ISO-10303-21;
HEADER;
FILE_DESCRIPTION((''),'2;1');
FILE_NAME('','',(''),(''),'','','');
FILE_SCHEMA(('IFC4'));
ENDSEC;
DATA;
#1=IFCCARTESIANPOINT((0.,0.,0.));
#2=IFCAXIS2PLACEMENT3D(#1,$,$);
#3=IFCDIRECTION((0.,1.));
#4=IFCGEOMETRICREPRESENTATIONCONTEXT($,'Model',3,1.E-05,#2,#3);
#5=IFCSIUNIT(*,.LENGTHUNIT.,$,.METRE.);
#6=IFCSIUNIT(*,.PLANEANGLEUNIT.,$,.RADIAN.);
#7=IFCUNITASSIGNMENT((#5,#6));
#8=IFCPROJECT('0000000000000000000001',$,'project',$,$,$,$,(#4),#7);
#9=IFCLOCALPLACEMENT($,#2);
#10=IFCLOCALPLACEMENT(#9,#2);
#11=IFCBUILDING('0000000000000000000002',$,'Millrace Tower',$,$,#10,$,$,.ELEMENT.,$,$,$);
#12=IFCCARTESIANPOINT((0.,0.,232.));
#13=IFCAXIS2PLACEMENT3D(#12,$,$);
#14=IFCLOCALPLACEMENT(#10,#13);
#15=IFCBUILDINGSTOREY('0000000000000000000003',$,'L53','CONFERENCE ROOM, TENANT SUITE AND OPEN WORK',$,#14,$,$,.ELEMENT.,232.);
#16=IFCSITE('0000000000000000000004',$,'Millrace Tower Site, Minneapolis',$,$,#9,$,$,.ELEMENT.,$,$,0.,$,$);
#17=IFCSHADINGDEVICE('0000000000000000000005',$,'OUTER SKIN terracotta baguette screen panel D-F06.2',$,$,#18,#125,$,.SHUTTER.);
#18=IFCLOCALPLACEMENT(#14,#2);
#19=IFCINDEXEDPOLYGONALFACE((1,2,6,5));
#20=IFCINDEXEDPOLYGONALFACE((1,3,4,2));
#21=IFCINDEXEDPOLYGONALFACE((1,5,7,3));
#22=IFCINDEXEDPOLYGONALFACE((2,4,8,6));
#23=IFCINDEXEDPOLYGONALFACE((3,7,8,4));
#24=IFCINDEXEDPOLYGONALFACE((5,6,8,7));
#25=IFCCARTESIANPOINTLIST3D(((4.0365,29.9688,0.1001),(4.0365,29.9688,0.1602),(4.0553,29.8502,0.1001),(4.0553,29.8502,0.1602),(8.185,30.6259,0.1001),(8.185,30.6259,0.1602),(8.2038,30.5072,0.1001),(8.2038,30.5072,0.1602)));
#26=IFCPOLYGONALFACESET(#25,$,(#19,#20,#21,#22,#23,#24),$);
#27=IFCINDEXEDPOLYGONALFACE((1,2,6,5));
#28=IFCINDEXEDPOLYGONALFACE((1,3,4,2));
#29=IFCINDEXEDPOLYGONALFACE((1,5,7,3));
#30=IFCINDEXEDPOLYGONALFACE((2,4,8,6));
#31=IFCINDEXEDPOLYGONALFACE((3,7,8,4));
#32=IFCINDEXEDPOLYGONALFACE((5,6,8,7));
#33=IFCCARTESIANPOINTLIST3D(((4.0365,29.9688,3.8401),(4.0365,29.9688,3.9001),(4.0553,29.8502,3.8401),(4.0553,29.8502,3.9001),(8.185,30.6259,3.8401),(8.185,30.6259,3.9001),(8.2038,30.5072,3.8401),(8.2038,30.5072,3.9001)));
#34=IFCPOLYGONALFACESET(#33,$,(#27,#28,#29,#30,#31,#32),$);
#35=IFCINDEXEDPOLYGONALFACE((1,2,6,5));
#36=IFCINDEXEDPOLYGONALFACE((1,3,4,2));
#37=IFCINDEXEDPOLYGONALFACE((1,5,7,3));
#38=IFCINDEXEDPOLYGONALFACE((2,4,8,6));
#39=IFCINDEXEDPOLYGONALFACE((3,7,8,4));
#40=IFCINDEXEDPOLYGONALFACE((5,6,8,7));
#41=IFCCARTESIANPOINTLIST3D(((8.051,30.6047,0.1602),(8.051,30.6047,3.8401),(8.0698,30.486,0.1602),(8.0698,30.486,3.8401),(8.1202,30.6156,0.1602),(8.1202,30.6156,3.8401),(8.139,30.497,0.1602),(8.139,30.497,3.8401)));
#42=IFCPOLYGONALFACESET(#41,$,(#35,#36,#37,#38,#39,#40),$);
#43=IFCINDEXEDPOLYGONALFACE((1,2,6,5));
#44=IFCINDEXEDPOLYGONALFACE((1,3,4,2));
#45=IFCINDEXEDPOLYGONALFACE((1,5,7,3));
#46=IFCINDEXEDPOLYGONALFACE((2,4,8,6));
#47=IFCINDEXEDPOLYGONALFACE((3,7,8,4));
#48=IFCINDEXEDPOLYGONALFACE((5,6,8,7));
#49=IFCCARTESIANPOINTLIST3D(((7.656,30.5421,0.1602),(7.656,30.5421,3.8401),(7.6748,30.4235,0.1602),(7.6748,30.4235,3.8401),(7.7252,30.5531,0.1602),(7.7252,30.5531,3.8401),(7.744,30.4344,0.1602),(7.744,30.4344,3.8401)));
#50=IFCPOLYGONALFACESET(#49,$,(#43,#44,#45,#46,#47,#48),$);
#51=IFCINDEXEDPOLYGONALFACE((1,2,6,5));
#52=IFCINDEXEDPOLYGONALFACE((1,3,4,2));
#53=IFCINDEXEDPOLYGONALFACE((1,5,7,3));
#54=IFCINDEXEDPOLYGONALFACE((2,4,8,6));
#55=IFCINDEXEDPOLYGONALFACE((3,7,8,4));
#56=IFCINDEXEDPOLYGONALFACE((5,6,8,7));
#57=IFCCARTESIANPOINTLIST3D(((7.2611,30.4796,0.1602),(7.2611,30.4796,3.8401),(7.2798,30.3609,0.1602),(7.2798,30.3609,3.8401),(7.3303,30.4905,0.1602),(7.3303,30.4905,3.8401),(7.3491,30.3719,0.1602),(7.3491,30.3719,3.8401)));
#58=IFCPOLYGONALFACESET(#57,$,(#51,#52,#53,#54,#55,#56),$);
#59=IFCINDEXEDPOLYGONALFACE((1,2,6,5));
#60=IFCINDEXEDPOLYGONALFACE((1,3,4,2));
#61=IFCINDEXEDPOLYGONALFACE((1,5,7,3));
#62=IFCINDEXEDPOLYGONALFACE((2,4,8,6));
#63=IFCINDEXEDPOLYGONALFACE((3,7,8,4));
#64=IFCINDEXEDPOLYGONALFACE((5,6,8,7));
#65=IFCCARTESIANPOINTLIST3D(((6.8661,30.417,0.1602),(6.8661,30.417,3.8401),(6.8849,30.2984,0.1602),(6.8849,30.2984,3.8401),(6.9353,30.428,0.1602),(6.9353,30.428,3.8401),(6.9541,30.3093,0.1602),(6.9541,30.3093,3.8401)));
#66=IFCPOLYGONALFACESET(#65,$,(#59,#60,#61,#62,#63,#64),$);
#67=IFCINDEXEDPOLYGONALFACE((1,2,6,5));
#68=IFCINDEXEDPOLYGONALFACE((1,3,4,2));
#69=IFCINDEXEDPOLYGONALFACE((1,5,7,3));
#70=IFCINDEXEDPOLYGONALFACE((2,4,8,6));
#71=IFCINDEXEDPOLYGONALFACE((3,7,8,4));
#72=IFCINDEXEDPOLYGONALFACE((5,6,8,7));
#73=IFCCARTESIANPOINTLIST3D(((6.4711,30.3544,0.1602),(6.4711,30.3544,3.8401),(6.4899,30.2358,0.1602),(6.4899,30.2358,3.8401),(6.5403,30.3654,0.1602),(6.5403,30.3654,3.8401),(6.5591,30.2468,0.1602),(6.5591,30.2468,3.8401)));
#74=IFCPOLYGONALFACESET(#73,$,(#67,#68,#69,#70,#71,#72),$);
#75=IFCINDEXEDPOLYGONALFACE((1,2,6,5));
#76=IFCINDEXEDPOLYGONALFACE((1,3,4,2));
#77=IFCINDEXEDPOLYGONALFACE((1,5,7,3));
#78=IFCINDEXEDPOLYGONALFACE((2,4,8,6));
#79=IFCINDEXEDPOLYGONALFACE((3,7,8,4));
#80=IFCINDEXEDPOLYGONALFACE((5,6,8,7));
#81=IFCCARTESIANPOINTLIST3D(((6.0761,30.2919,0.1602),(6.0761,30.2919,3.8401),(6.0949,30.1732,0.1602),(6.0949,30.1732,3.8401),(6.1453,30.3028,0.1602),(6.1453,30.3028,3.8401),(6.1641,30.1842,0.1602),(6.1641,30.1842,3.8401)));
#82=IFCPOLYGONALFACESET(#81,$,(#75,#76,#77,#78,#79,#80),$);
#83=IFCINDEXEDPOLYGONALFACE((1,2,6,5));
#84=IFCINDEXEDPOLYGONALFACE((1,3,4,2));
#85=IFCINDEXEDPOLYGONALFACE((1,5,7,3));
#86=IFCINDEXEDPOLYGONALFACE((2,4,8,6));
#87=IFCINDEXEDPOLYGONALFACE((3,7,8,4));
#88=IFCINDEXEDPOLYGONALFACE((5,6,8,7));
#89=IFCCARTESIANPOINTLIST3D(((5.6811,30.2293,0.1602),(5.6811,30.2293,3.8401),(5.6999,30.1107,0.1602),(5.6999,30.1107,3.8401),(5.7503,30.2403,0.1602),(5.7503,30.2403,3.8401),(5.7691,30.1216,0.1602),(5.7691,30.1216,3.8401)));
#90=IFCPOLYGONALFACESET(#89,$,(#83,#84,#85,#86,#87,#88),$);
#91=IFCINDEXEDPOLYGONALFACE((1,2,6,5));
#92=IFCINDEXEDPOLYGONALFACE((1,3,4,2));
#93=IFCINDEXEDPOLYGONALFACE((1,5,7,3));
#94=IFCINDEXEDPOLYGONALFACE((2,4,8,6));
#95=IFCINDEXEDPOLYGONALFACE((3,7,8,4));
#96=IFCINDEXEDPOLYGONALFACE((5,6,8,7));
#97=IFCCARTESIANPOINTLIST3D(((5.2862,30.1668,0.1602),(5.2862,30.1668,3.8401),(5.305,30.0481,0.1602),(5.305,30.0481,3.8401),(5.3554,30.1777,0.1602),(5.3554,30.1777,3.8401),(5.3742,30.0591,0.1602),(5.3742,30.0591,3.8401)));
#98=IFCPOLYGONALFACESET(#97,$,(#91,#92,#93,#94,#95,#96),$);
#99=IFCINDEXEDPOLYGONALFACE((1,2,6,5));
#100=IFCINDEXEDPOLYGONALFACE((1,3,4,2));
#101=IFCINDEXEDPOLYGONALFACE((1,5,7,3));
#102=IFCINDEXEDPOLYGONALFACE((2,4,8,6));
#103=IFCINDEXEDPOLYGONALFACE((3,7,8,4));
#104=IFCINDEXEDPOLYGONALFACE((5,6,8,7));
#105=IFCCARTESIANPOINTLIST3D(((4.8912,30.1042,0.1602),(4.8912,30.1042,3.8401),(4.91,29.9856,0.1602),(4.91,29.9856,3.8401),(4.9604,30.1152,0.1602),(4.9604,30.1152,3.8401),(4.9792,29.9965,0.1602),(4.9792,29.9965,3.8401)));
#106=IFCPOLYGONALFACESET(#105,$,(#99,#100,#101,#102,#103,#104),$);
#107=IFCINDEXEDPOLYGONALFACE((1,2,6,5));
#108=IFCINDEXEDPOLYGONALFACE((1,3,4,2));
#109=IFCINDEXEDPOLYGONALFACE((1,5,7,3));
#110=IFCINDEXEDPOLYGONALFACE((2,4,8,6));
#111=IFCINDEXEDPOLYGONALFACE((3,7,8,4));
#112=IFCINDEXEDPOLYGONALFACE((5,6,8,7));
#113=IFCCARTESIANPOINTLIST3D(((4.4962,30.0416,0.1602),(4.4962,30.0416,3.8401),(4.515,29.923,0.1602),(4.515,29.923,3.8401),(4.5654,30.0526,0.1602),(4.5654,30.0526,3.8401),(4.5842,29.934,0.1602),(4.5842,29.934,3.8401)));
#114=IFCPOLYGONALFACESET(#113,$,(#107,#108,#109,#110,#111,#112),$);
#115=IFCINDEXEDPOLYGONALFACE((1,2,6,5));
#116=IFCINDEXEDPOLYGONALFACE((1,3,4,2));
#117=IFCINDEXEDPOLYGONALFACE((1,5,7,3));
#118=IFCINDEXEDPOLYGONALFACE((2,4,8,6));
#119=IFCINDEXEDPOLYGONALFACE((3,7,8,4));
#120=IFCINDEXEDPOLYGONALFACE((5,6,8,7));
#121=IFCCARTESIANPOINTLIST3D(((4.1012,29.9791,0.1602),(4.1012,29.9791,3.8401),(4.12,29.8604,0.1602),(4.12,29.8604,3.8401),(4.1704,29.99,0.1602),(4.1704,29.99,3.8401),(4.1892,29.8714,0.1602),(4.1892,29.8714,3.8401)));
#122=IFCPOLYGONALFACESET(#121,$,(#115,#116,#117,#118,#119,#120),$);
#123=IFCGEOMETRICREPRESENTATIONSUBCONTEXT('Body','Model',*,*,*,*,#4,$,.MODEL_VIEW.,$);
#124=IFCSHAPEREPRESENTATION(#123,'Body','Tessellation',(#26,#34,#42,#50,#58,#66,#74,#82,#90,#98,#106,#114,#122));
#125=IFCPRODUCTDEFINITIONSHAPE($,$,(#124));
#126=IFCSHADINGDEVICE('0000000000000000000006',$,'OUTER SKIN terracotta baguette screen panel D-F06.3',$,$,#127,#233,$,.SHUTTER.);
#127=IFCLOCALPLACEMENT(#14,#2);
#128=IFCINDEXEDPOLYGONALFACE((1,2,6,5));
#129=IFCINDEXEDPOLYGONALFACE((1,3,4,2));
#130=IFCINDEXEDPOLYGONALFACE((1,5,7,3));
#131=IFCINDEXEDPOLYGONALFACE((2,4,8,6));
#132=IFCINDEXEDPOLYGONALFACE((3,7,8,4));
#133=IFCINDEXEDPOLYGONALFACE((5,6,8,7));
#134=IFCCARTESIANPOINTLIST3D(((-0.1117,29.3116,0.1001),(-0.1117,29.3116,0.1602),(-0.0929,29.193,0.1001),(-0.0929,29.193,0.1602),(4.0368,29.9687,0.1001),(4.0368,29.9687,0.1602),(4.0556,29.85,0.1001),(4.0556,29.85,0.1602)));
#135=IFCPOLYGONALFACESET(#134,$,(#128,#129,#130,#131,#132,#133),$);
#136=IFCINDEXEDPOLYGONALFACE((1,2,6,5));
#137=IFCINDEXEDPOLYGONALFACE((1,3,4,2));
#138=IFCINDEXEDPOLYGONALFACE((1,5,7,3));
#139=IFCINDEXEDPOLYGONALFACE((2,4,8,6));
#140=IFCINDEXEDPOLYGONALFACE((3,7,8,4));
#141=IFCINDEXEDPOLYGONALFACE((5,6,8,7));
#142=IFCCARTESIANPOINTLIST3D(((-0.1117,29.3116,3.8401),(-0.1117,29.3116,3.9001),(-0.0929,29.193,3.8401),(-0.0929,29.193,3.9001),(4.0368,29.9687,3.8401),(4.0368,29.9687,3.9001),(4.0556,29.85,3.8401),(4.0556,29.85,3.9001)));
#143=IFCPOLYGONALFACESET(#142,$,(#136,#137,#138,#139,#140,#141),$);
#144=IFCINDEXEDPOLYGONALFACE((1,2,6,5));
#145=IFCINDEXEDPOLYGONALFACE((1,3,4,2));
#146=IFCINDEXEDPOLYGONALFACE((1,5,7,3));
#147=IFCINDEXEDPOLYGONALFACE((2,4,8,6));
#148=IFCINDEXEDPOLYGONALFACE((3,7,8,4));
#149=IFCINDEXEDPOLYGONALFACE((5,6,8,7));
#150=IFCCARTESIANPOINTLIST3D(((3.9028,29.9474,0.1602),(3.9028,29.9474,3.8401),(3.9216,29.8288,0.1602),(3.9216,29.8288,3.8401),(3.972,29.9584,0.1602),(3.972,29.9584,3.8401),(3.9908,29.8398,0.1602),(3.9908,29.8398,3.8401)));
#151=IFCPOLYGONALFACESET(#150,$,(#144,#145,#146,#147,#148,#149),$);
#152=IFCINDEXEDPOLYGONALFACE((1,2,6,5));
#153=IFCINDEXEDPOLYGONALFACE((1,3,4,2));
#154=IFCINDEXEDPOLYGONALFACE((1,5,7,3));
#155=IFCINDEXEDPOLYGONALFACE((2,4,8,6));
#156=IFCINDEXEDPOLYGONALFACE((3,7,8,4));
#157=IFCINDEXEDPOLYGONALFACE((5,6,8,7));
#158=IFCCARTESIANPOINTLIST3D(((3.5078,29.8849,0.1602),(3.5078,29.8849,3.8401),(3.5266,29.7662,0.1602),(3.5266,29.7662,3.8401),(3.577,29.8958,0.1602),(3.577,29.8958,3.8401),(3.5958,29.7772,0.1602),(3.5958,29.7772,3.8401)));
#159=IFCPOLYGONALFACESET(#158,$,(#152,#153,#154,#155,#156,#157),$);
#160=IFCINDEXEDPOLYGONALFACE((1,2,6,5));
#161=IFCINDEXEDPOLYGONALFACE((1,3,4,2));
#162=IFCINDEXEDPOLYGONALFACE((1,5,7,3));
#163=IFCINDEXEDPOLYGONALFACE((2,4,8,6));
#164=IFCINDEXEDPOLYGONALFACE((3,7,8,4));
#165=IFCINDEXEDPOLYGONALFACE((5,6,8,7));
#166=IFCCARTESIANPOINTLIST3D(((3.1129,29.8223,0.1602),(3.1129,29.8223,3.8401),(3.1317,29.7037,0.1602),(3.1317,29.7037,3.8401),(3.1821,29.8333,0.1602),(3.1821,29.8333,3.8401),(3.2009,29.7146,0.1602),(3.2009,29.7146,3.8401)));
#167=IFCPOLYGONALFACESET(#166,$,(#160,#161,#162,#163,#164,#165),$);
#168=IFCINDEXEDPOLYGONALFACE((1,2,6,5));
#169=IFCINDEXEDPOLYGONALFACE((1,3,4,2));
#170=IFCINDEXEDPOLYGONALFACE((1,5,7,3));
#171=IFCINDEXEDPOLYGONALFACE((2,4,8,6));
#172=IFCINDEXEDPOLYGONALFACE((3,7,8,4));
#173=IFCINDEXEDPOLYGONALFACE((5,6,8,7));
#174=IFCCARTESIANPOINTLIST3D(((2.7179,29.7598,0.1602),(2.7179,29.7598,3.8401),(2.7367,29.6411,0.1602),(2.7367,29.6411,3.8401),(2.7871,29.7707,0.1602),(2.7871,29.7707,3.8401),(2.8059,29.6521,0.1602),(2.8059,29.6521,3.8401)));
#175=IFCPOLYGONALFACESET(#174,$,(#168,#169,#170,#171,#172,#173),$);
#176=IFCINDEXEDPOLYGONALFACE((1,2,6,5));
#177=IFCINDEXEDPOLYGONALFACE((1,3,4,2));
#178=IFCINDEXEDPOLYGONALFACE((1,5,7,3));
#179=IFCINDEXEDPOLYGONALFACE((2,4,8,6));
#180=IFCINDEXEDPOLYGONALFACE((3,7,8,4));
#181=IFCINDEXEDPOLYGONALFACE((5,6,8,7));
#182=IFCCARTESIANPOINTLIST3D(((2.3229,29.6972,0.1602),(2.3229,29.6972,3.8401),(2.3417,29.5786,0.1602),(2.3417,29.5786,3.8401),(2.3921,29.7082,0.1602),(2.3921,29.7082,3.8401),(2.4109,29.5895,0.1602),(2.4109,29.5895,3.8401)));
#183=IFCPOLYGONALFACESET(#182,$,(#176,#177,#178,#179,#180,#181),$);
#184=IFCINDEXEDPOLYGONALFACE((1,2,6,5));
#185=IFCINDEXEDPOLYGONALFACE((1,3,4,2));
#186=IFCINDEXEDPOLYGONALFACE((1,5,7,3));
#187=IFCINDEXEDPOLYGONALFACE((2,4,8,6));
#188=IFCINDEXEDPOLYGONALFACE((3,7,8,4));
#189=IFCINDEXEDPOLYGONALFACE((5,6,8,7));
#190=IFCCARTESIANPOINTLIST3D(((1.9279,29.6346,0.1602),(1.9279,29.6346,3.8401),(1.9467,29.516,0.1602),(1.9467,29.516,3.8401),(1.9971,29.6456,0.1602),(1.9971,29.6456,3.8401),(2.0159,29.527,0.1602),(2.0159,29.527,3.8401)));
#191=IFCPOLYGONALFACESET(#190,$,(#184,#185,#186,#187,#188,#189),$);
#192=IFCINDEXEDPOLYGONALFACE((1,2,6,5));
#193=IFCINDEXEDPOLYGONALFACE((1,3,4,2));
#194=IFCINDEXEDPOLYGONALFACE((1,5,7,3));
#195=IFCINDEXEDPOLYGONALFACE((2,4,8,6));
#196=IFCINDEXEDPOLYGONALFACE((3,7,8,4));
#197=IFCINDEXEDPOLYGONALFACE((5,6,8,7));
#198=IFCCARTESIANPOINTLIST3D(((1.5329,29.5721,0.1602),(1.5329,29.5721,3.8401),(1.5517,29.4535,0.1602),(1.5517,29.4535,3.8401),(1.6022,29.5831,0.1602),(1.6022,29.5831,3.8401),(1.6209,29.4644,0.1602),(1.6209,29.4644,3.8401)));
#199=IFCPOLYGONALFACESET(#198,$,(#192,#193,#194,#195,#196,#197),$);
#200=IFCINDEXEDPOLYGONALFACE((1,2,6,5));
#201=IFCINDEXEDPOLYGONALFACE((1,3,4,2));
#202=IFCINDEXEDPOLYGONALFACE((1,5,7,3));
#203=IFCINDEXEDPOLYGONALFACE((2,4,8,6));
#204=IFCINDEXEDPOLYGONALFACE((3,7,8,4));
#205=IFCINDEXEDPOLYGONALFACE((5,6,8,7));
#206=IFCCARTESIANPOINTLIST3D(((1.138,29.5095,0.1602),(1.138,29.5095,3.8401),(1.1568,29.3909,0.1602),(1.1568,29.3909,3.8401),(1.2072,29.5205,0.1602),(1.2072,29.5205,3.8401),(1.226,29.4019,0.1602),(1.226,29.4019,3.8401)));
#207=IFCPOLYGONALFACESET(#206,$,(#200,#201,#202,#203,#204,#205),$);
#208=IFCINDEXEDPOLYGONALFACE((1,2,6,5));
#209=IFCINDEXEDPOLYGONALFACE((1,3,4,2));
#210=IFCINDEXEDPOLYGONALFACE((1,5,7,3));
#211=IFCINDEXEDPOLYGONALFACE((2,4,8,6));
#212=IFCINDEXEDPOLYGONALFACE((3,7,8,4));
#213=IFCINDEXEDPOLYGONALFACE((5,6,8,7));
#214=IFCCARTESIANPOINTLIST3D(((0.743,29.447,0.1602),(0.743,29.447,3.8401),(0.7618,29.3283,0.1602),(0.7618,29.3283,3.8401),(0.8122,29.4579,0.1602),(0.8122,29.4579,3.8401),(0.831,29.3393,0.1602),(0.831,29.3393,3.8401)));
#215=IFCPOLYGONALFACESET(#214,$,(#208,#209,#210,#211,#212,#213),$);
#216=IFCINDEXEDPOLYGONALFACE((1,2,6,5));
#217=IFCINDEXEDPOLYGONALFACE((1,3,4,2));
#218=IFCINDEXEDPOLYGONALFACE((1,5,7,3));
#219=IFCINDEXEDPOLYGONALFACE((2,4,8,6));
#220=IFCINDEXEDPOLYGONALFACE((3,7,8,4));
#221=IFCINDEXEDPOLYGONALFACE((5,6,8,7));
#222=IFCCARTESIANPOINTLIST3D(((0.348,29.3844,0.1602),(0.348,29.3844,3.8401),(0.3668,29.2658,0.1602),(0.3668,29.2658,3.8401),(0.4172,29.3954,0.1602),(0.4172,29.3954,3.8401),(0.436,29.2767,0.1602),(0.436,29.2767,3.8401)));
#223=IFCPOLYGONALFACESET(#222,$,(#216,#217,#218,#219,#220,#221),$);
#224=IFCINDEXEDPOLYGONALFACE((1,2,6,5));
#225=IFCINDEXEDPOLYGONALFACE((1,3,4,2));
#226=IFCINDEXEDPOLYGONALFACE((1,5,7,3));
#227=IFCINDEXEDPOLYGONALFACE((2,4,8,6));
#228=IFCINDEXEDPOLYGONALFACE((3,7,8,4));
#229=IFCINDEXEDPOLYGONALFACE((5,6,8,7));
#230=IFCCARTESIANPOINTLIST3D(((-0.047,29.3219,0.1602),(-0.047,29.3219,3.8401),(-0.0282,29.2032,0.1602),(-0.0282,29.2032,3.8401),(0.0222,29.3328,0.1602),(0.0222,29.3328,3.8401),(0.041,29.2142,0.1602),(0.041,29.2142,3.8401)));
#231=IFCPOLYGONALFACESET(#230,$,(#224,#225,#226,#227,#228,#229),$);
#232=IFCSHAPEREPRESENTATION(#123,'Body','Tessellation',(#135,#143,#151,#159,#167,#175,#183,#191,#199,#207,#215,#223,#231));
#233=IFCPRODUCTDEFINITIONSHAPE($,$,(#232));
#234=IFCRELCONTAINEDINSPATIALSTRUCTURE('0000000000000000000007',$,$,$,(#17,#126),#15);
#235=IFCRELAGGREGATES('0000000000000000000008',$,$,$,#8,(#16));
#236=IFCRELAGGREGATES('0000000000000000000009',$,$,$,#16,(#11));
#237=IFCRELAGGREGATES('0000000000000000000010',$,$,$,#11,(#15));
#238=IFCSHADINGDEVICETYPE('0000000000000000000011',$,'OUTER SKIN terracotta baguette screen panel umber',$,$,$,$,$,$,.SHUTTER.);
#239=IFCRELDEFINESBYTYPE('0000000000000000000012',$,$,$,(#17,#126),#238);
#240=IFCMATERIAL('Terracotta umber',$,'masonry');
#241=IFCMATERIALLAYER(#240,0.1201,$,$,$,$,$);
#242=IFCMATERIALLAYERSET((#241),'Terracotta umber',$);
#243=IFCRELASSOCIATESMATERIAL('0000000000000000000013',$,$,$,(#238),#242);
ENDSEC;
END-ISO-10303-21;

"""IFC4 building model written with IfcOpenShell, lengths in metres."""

from ifc_helpers import new_model, entity, si_unit, direction, frame, frame_2d, origin, origin_2d, place, context, subcontext, project, spatial, rectangle, extrude, source, transform, mapped, material, layer, layer_set, type_object, element, save


model = new_model("IFC4")

# Units and contexts
model_context = context("Model", 3, precision=1e-05, world=origin(), true_north=direction((0.0, 1.0)))
body_context = subcontext(model_context, "Body", "Model", "MODEL_VIEW")
ifc_project = project(units=[si_unit("LENGTHUNIT", "METRE"), si_unit("PLANEANGLEUNIT", "RADIAN")], contexts=[model_context])

# Site, building, storey
site_placement = place(None, origin())
site = spatial("IfcSite", under=ifc_project, at=site_placement, Name="Millrace Tower Site, Minneapolis", CompositionType="ELEMENT", RefElevation=0.0)
building_placement = place(site_placement, origin())
building = spatial("IfcBuilding", under=site, at=building_placement, Name="Millrace Tower", CompositionType="ELEMENT")
storey_placement = place(building_placement, frame((0.0, 0.0, 232.0)))
storey = spatial("IfcBuildingStorey", under=building, at=storey_placement, Name="L53", Description="CONFERENCE ROOM, TENANT SUITE AND OPEN WORK", CompositionType="ELEMENT", Elevation=232.0)

# Shading devices
ifc_material_1 = material(Name="Terracotta umber", Category="masonry")
ifc_layer_1 = layer(ifc_material_1, 0.1201)
ifc_layer_set_1 = layer_set([ifc_layer_1], Name="Terracotta umber")
shading_device_type = type_object("IfcShadingDeviceType", Name="OUTER SKIN terracotta baguette screen panel umber", PredefinedType="SHUTTER", material=ifc_layer_set_1)
cartesian_point_1 = entity("IfcCartesianPoint", [-2.1001, 0.0601])
shared_polyline_1 = entity("IfcPolyline", [cartesian_point_1, entity("IfcCartesianPoint", [2.1001, 0.0601]), entity("IfcCartesianPoint", [2.1001, -0.0601]), entity("IfcCartesianPoint", [-2.1001, -0.0601]), cartesian_point_1])
shared_shape_1 = source(origin(), body_context, "Body", "SweptSolid", [
    entity("IfcExtrudedAreaSolid", entity("IfcArbitraryClosedProfileDef", "AREA", None, shared_polyline_1), entity("IfcAxis2Placement3D", entity("IfcCartesianPoint", [0.0, 0.0, 0.0])), entity("IfcDirection", [0.0, 0.0, 1.0]), 0.0601),
    entity("IfcExtrudedAreaSolid", entity("IfcArbitraryClosedProfileDef", "AREA", None, shared_polyline_1), entity("IfcAxis2Placement3D", entity("IfcCartesianPoint", [0.0, 0.0, 3.74])), entity("IfcDirection", [0.0, 0.0, 1.0]), 0.0601),
    extrude(rectangle(XDim=0.0701, YDim=0.1201, at=frame_2d((-1.9995, 0.0))), frame((0.0, 0.0, 0.0601)), (0.0, 0.0, 1.0), 3.6799),
    extrude(rectangle(XDim=0.0701, YDim=0.1201, at=frame_2d((-1.5996, 0.0))), frame((0.0, 0.0, 0.0601)), (0.0, 0.0, 1.0), 3.6799),
    extrude(rectangle(XDim=0.0701, YDim=0.1201, at=frame_2d((-1.1997, 0.0))), frame((0.0, 0.0, 0.0601)), (0.0, 0.0, 1.0), 3.6799),
    extrude(rectangle(XDim=0.0701, YDim=0.1201, at=frame_2d((-0.7998, 0.0))), frame((0.0, 0.0, 0.0601)), (0.0, 0.0, 1.0), 3.6799),
    extrude(rectangle(XDim=0.0701, YDim=0.1201, at=frame_2d((-0.3999, 0.0))), frame((0.0, 0.0, 0.0601)), (0.0, 0.0, 1.0), 3.6799),
    extrude(rectangle(XDim=0.0701, YDim=0.1201, at=origin_2d()), frame((0.0, 0.0, 0.0601)), (0.0, 0.0, 1.0), 3.6799),
    extrude(rectangle(XDim=0.0701, YDim=0.1201, at=frame_2d((0.3999, 0.0))), frame((0.0, 0.0, 0.0601)), (0.0, 0.0, 1.0), 3.6799),
    extrude(rectangle(XDim=0.0701, YDim=0.1201, at=frame_2d((0.7998, 0.0))), frame((0.0, 0.0, 0.0601)), (0.0, 0.0, 1.0), 3.6799),
    extrude(rectangle(XDim=0.0701, YDim=0.1201, at=frame_2d((1.1997, 0.0))), frame((0.0, 0.0, 0.0601)), (0.0, 0.0, 1.0), 3.6799),
    extrude(rectangle(XDim=0.0701, YDim=0.1201, at=frame_2d((1.5996, 0.0))), frame((0.0, 0.0, 0.0601)), (0.0, 0.0, 1.0), 3.6799),
    extrude(rectangle(XDim=0.0701, YDim=0.1201, at=frame_2d((1.9995, 0.0))), frame((0.0, 0.0, 0.0601)), (0.0, 0.0, 1.0), 3.6799),
])
for number, where, z_axis, x_axis, name in (
    (1, (6.1201, 30.238, 0.1001), (0.0, 0.0, 1.0), (-0.987688, -0.156434, 0.0), "OUTER SKIN terracotta baguette screen panel D-F06.2"),
    (2, (1.9719, 29.5808, 0.1001), (0.0, 0.0, 1.0), (-0.987688, -0.156434, 0.0), "OUTER SKIN terracotta baguette screen panel D-F06.3"),
):
    element("IfcShadingDevice", number, at=place(storey_placement, frame(where, z_axis=z_axis, x_axis=x_axis)), inside=storey, type_object=shading_device_type, Name=name, PredefinedType="SHUTTER", context=body_context, shape_type="MappedRepresentation", body=[
        mapped(shared_shape_1, transform((0.0, 0.0, 0.0), scale=1.0)),
    ])

save(model, "model.ifc")
